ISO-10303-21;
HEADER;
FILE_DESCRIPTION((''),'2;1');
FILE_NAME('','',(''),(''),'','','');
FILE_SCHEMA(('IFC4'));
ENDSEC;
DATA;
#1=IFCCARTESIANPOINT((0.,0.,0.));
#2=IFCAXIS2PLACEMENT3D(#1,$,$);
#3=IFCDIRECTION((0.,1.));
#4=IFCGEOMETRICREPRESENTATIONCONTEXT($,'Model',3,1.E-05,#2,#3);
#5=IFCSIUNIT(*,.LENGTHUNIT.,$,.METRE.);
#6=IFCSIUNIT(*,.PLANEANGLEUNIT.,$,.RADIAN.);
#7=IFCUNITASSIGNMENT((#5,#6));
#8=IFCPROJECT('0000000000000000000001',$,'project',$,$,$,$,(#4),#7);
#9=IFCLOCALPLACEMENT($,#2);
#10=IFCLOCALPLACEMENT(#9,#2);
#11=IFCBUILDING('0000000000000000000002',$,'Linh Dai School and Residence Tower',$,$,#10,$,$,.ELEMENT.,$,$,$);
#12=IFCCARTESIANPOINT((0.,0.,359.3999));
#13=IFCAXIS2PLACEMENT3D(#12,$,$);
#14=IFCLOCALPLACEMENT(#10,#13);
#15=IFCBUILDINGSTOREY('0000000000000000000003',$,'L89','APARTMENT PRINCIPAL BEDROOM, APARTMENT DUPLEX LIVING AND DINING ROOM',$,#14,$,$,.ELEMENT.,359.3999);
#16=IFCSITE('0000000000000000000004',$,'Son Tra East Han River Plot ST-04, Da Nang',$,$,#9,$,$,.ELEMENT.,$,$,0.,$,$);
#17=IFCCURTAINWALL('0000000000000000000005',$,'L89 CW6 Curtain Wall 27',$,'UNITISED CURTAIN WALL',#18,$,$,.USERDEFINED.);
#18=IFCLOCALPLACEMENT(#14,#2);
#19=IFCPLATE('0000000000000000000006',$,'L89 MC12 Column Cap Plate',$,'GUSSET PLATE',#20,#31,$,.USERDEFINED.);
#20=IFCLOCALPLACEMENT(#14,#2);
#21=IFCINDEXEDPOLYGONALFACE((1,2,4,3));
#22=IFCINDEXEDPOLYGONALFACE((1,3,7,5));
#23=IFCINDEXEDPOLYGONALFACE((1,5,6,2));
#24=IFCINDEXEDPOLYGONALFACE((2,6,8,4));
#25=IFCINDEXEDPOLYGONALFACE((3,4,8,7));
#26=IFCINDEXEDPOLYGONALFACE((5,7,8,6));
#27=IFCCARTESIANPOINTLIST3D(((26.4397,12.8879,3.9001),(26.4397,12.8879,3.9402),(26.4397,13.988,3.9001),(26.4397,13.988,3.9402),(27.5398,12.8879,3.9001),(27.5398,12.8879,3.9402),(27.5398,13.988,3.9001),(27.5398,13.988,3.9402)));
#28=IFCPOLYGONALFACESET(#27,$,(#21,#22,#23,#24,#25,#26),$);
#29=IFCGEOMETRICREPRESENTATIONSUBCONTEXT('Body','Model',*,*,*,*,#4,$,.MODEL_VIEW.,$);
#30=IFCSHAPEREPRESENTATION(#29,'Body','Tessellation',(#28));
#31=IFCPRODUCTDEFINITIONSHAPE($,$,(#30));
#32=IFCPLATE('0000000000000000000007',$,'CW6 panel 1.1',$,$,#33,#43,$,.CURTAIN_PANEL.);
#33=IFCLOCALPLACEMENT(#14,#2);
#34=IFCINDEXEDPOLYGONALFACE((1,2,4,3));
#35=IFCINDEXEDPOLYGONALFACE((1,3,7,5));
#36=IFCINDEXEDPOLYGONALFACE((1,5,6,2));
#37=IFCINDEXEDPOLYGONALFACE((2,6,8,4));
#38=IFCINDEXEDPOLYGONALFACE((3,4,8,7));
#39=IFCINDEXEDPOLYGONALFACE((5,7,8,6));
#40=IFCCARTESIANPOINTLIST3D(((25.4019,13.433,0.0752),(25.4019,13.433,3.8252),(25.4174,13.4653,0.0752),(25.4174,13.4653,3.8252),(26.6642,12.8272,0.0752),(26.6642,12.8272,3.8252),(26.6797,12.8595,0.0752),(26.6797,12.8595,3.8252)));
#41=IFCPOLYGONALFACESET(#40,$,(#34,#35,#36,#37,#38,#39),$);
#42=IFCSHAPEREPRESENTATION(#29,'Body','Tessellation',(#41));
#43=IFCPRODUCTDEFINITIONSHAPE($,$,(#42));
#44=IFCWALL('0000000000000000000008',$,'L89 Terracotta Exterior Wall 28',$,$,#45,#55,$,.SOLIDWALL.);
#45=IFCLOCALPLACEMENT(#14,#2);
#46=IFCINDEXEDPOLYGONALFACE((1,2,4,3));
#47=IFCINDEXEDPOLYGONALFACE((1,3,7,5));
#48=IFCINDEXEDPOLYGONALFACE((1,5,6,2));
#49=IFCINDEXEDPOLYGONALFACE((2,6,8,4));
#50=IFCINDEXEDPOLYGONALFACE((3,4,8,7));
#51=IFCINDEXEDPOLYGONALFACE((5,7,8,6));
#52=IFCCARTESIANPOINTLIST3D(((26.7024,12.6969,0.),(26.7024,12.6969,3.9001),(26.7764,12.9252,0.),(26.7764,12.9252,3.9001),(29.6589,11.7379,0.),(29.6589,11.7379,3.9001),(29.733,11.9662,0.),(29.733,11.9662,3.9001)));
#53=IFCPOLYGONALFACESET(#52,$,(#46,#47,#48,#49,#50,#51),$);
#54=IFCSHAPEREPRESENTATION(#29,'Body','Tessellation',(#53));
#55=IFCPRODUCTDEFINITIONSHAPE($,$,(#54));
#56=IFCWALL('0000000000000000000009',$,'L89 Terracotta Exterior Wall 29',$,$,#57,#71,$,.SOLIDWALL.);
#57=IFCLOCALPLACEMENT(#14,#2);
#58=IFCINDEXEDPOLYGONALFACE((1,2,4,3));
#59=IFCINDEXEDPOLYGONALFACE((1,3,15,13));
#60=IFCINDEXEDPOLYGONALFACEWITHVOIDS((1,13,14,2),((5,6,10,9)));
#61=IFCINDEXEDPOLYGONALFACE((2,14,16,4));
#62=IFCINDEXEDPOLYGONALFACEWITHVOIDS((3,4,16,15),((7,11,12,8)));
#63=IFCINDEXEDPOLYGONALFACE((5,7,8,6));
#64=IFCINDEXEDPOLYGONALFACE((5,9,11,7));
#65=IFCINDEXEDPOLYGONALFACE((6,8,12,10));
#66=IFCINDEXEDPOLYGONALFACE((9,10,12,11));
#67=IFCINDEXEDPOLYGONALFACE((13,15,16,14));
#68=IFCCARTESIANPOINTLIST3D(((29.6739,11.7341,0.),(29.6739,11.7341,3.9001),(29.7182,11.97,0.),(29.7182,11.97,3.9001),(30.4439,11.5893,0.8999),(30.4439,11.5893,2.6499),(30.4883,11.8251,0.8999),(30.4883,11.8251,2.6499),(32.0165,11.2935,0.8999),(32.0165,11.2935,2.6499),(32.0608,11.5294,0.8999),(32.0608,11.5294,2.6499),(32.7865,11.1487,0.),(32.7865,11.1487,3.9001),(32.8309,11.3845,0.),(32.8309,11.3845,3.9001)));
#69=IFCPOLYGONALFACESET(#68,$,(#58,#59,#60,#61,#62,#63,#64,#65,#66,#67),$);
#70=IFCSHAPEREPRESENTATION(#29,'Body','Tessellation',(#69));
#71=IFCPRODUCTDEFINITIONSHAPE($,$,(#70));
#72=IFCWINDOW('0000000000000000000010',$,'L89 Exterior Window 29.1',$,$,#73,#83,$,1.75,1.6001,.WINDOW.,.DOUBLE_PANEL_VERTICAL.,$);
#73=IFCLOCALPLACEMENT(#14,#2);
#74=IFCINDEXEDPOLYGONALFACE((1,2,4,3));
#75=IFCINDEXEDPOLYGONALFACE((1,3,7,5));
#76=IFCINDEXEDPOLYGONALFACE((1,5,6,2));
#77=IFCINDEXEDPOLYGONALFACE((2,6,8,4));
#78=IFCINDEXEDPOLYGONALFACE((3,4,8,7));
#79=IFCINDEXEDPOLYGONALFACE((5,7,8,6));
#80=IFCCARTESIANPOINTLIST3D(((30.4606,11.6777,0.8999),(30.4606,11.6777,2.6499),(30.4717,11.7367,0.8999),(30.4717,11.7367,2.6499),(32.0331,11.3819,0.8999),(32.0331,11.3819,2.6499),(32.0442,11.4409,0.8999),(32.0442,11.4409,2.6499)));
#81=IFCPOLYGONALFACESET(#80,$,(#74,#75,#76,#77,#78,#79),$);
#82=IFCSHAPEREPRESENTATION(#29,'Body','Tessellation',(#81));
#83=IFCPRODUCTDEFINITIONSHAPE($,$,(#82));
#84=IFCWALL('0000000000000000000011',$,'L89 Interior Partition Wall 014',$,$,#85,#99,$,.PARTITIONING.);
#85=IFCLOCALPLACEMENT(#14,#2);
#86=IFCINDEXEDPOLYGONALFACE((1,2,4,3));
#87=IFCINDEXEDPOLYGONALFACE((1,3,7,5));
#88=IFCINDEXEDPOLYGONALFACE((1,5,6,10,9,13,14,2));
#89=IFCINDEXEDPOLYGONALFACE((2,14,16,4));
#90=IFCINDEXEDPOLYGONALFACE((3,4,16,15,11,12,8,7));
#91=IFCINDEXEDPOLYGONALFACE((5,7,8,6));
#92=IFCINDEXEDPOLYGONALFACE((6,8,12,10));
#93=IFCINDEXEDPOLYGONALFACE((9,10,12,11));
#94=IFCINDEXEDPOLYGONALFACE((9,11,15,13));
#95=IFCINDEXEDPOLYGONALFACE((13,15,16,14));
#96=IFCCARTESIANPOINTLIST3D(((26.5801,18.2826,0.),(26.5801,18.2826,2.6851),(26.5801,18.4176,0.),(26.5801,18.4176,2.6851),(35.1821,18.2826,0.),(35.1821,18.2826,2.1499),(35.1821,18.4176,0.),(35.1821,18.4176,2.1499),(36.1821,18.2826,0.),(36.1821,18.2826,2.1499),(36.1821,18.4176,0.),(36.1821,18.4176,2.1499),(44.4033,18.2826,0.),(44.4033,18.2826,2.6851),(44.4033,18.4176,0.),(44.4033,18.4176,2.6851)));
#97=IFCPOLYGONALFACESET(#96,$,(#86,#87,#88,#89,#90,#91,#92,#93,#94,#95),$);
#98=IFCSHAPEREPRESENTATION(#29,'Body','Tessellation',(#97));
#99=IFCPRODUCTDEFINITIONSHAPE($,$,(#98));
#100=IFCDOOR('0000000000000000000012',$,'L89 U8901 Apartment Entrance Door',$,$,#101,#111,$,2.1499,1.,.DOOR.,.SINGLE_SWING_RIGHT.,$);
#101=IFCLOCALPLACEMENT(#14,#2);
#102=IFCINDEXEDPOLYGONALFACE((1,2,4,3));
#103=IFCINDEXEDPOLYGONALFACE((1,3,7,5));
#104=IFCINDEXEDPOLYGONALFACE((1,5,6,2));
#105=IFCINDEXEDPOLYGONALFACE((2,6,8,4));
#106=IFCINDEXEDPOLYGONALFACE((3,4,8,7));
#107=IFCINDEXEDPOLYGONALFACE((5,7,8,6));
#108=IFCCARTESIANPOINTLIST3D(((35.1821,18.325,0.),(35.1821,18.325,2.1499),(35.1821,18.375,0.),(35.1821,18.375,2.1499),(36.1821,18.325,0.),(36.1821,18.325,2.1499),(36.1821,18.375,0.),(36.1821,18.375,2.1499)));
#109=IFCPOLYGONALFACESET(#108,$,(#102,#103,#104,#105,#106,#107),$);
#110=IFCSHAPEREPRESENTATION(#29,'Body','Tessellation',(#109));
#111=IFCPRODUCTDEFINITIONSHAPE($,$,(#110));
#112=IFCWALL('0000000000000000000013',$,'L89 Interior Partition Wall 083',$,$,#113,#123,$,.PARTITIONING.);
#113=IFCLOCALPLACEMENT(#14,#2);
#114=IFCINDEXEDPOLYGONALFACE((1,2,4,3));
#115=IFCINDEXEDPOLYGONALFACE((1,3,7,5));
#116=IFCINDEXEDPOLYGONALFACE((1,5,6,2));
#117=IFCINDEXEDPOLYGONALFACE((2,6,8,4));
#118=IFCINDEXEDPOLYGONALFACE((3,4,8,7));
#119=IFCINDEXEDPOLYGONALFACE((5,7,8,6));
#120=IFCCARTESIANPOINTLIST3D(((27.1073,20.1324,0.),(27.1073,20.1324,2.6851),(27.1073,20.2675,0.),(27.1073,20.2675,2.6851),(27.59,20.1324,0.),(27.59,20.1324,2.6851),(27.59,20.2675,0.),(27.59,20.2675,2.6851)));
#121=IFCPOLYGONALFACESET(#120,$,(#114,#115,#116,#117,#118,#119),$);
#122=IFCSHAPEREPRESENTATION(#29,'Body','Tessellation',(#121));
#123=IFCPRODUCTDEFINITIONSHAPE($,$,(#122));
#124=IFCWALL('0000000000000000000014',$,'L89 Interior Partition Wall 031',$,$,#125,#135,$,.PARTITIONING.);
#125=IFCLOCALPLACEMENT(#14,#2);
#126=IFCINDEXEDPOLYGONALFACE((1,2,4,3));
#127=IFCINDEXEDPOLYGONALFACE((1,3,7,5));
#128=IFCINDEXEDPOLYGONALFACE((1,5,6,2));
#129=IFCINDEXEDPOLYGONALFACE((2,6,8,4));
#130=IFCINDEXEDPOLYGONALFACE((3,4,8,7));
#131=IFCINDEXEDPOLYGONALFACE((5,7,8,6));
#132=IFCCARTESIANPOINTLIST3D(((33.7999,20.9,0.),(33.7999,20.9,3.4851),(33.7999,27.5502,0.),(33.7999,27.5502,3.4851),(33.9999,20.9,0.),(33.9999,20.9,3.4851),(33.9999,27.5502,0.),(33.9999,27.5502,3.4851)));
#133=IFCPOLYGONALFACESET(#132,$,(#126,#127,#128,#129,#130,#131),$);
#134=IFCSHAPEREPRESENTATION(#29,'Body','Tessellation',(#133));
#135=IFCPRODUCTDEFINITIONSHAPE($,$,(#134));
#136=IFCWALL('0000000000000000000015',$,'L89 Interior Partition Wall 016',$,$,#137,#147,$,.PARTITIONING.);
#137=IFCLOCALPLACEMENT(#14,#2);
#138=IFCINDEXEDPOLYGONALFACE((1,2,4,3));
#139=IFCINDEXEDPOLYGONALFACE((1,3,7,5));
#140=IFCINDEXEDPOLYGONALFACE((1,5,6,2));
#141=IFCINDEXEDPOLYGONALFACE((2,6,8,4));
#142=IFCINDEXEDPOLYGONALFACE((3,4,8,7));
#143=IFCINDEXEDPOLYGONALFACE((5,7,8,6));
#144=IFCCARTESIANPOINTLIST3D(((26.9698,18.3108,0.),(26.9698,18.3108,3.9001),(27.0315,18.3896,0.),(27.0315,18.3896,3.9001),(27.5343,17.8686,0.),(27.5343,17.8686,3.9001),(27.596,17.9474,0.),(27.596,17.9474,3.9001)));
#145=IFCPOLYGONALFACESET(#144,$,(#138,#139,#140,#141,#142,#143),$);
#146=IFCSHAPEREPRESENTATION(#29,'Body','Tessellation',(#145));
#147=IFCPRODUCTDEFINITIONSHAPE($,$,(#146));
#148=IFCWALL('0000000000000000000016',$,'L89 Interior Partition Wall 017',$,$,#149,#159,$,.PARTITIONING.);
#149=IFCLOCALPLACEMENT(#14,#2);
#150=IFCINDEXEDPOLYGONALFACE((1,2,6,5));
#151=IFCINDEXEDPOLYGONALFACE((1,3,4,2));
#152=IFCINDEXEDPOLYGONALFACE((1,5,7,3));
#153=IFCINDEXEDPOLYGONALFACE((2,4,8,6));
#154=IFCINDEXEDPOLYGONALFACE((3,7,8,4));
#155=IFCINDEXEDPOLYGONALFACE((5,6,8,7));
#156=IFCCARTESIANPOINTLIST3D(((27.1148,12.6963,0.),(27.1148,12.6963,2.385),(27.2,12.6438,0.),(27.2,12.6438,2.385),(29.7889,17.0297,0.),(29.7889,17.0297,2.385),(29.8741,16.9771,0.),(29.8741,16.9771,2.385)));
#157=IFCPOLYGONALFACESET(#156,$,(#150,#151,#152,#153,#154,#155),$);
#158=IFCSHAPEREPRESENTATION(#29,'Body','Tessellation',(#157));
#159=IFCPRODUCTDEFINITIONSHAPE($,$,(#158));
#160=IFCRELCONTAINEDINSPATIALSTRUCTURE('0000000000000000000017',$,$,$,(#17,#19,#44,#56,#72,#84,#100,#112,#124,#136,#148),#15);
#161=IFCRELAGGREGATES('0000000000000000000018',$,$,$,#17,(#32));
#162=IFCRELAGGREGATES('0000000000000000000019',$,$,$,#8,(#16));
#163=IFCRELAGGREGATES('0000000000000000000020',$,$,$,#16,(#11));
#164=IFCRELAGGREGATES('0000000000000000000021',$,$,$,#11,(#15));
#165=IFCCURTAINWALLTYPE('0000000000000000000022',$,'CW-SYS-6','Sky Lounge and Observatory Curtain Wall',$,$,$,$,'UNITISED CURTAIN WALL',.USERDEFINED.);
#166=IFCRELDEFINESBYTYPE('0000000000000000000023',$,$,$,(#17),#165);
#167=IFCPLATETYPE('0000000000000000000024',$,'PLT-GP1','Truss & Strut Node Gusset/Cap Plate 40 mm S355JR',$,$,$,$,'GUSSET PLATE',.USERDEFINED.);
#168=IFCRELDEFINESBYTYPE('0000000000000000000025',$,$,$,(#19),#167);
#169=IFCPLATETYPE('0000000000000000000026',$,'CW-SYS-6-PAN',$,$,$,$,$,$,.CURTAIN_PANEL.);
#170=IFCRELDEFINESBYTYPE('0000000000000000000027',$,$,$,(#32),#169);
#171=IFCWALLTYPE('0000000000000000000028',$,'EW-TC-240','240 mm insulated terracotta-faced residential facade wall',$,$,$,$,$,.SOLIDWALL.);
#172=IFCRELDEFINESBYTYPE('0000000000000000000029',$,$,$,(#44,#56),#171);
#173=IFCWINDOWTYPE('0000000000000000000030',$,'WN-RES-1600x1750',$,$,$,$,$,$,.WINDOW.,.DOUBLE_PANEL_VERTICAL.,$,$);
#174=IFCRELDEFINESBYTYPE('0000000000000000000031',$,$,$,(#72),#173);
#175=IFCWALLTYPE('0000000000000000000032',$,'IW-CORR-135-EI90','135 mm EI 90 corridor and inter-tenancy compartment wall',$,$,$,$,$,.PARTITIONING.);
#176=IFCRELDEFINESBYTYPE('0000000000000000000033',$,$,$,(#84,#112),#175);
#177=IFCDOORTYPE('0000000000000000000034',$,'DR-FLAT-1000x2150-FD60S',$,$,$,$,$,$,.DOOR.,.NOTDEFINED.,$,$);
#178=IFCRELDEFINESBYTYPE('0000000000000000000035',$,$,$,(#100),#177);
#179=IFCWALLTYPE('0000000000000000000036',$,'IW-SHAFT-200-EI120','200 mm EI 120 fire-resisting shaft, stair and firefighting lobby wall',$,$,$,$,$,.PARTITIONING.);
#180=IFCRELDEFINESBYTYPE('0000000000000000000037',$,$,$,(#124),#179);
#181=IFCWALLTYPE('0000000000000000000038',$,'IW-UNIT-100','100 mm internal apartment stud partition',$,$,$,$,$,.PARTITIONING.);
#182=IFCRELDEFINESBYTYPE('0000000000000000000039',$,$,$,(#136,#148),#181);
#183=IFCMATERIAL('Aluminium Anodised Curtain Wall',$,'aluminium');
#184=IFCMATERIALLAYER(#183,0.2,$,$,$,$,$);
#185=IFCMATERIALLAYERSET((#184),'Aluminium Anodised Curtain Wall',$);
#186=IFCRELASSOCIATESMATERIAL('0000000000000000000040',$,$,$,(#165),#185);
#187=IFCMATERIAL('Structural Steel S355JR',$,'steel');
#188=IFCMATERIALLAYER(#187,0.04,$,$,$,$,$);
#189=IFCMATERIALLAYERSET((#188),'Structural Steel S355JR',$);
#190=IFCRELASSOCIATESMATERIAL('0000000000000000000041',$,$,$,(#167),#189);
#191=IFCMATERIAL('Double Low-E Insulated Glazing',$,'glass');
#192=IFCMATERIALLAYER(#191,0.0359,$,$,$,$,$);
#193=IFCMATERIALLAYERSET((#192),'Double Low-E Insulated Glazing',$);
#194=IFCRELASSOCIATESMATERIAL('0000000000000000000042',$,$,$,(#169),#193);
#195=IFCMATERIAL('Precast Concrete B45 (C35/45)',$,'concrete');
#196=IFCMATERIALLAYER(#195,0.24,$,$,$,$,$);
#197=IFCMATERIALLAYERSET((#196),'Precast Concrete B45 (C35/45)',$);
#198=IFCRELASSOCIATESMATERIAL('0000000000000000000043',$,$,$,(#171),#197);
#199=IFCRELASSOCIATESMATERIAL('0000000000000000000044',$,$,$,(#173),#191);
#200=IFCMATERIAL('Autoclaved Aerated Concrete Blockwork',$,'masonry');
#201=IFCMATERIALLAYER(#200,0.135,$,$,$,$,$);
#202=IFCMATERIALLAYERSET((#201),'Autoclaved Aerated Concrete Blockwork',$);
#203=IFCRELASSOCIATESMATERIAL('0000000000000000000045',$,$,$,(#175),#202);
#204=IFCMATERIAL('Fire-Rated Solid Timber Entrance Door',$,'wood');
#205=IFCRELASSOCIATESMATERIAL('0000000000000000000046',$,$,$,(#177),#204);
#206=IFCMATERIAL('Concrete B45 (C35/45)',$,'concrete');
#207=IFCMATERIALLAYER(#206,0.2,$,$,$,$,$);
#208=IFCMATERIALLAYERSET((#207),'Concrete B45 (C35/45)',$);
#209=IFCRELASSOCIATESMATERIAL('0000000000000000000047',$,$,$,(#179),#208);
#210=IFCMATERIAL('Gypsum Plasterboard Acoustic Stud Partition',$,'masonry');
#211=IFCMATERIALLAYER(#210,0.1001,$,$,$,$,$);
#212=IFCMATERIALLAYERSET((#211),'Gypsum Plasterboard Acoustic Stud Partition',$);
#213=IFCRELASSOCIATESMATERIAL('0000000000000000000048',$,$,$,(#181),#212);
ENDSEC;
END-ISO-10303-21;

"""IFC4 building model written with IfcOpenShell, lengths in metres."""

from ifc_helpers import new_model, si_unit, direction, frame, frame_2d, origin, origin_2d, place, context, subcontext, project, spatial, rectangle, extrude, source, transform, mapped, material, layer, layer_set, type_object, element, fill, aggregate, save


model = new_model("IFC4")

# Units and contexts
model_context = context("Model", 3, precision=1e-05, world=origin(), true_north=direction((0.0, 1.0)))
body_context = subcontext(model_context, "Body", "Model", "MODEL_VIEW")
ifc_project = project(units=[si_unit("LENGTHUNIT", "METRE"), si_unit("PLANEANGLEUNIT", "RADIAN")], contexts=[model_context])

# Site, building, storey
site_placement = place(None, origin())
site = spatial("IfcSite", under=ifc_project, at=site_placement, Name="Son Tra East Han River Plot ST-04, Da Nang", CompositionType="ELEMENT", RefElevation=0.0)
building_placement = place(site_placement, origin())
building = spatial("IfcBuilding", under=site, at=building_placement, Name="Linh Dai School and Residence Tower", CompositionType="ELEMENT")
storey_placement = place(building_placement, frame((0.0, 0.0, 359.3999)))
storey = spatial("IfcBuildingStorey", under=building, at=storey_placement, Name="L89", Description="APARTMENT PRINCIPAL BEDROOM, APARTMENT DUPLEX LIVING AND DINING ROOM", CompositionType="ELEMENT", Elevation=359.3999)

# Shared definitions
ifc_material_1 = material(Name="Concrete B45 (C35/45)", Category="concrete")
ifc_material_2 = material(Name="Structural Steel S355JR", Category="steel")

# Curtain wall
ifc_material_3 = material(Name="Aluminium Anodised Curtain Wall", Category="aluminium")
ifc_layer_1 = layer(ifc_material_3, 0.2)
ifc_layer_set_1 = layer_set([ifc_layer_1], Name="Aluminium Anodised Curtain Wall")
curtain_wall_type = type_object("IfcCurtainWallType", Name="CW-SYS-6", Description="Sky Lounge and Observatory Curtain Wall", ElementType="UNITISED CURTAIN WALL", PredefinedType="USERDEFINED", material=ifc_layer_set_1)
curtain_wall_placement = place(storey_placement, origin())
curtain_wall = element("IfcCurtainWall", 1, at=curtain_wall_placement, inside=storey, type_object=curtain_wall_type, Name="L89 CW6 Curtain Wall 27", ObjectType="UNITISED CURTAIN WALL", PredefinedType="USERDEFINED")

# Plates
ifc_layer_2 = layer(ifc_material_2, 0.04)
ifc_layer_set_2 = layer_set([ifc_layer_2], Name="Structural Steel S355JR")
plate_type_1 = type_object("IfcPlateType", Name="PLT-GP1", Description="Truss & Strut Node Gusset/Cap Plate 40 mm S355JR", ElementType="GUSSET PLATE", PredefinedType="USERDEFINED", material=ifc_layer_set_2)
shared_shape_1 = source(origin(), body_context, "Body", "SweptSolid", [
    extrude(rectangle(XDim=1.1001, YDim=1.1001, at=origin_2d()), origin(), (0.0, 0.0, 1.0), 0.04),
])
plate_1_placement = place(storey_placement, frame((26.9897, 13.438, 3.9001), z_axis=(0.0, 0.0, 1.0), x_axis=(1.0, 0.0, 0.0)))
element("IfcPlate", 2, at=plate_1_placement, inside=storey, type_object=plate_type_1, Name="L89 MC12 Column Cap Plate", ObjectType="GUSSET PLATE", PredefinedType="USERDEFINED", context=body_context, shape_type="MappedRepresentation", body=[
    mapped(shared_shape_1, transform((0.0, 0.0, 0.0), x_axis=(1.0, 0.0, 0.0), y_axis=(0.0, 1.0, 0.0), z_axis=(0.0, 0.0, 1.0), scale=1.0)),
])
ifc_material_4 = material(Name="Double Low-E Insulated Glazing", Category="glass")
ifc_layer_3 = layer(ifc_material_4, 0.0359)
ifc_layer_set_3 = layer_set([ifc_layer_3], Name="Double Low-E Insulated Glazing")
plate_type_2 = type_object("IfcPlateType", Name="CW-SYS-6-PAN", PredefinedType="CURTAIN_PANEL", material=ifc_layer_set_3)
shared_shape_2 = source(origin(), body_context, "Body", "SweptSolid", [
    extrude(rectangle(XDim=1.4001, YDim=0.0359, at=origin_2d()), origin(), (0.0, 0.0, 1.0), 3.75),
])
plate_2_placement = place(storey_placement, frame((26.0408, 13.1462, 0.0752), z_axis=(0.0, 0.0, 1.0), x_axis=(-0.901551, 0.432674, 0.0)))
plate_2 = element("IfcPlate", 3, at=plate_2_placement, type_object=plate_type_2, Name="CW6 panel 1.1", PredefinedType="CURTAIN_PANEL", context=body_context, shape_type="MappedRepresentation", body=[
    mapped(shared_shape_2, transform((0.0, 0.0, 0.0), x_axis=(1.0, 0.0, 0.0), y_axis=(0.0, 1.0, 0.0), z_axis=(0.0, 0.0, 1.0), scale=1.0)),
])
aggregate(curtain_wall, [plate_2])

# Wall
ifc_material_5 = material(Name="Precast Concrete B45 (C35/45)", Category="concrete")
ifc_layer_4 = layer(ifc_material_5, 0.24)
ifc_layer_set_4 = layer_set([ifc_layer_4], Name="Precast Concrete B45 (C35/45)")
wall_type_1 = type_object("IfcWallType", Name="EW-TC-240", Description="240 mm insulated terracotta-faced residential facade wall", PredefinedType="SOLIDWALL", material=ifc_layer_set_4)
wall_1_placement = place(storey_placement, frame((29.696, 11.8521, 0.0), z_axis=(0.0, 0.0, 1.0), x_axis=(-0.951213, 0.308535, 0.0)))
element("IfcWall", 4, at=wall_1_placement, inside=storey, type_object=wall_type_1, Name="L89 Terracotta Exterior Wall 28", PredefinedType="SOLIDWALL", context=body_context, shape_type="SweptSolid", body=[
    extrude(rectangle(XDim=3.1082, YDim=0.24, at=frame_2d((1.5542, 0.0))), origin(), (0.0, 0.0, 1.0), 3.9001),
])

# Wall, opening, window
wall_2_placement = place(storey_placement, frame((32.8086, 11.2666, 0.0), z_axis=(0.0, 0.0, 1.0), x_axis=(-0.982766, 0.184852, 0.0)))
wall_2 = element("IfcWall", 5, at=wall_2_placement, inside=storey, type_object=wall_type_1, Name="L89 Terracotta Exterior Wall 29", PredefinedType="SOLIDWALL", context=body_context, shape_type="SweptSolid", body=[
    extrude(rectangle(XDim=3.1672, YDim=0.24, at=frame_2d((1.5835, 0.0))), origin(), (0.0, 0.0, 1.0), 3.9001),
])
opening_1_placement = place(wall_2_placement, frame((0.7834, 0.0, 0.8999)))
opening_1 = element("IfcOpeningElement", 6, at=opening_1_placement, cuts=wall_2, PredefinedType="OPENING", context=body_context, shape_type="SweptSolid", body=[
    extrude(rectangle(XDim=1.6001, YDim=1.75, at=origin_2d()), frame((0.8, 0.1299, 0.875), z_axis=(0.0, -1.0, 0.0), x_axis=(1.0, 0.0, 0.0)), (0.0, 0.0, 1.0), 0.26),
])
window_type = type_object("IfcWindowType", Name="WN-RES-1600x1750", PartitioningType="DOUBLE_PANEL_VERTICAL", PredefinedType="WINDOW", material=ifc_material_4)
shared_shape_3 = source(origin(), body_context, "Body", "SweptSolid", [
    extrude(rectangle(XDim=1.6001, YDim=1.75, at=origin_2d()), frame((0.8, 0.03, 0.875), z_axis=(0.0, -1.0, 0.0), x_axis=(1.0, 0.0, 0.0)), (0.0, 0.0, 1.0), 0.0601),
])
window_placement = place(opening_1_placement, origin())
window = element("IfcWindow", 7, at=window_placement, inside=storey, type_object=window_type, Name="L89 Exterior Window 29.1", OverallHeight=1.75, OverallWidth=1.6001, PartitioningType="DOUBLE_PANEL_VERTICAL", PredefinedType="WINDOW", context=body_context, shape_type="MappedRepresentation", body=[
    mapped(shared_shape_3, transform((0.0, 0.0, 0.0), x_axis=(1.0, 0.0, 0.0), y_axis=(0.0, 1.0, 0.0), z_axis=(0.0, 0.0, 1.0), scale=1.0)),
])
fill(opening_1, window)

# Wall, opening, door
ifc_material_6 = material(Name="Autoclaved Aerated Concrete Blockwork", Category="masonry")
ifc_layer_5 = layer(ifc_material_6, 0.135)
ifc_layer_set_5 = layer_set([ifc_layer_5], Name="Autoclaved Aerated Concrete Blockwork")
wall_type_2 = type_object("IfcWallType", Name="IW-CORR-135-EI90", Description="135 mm EI 90 corridor and inter-tenancy compartment wall", PredefinedType="PARTITIONING", material=ifc_layer_set_5)
wall_3_placement = place(storey_placement, frame((26.5801, 18.3501, 0.0), z_axis=(0.0, 0.0, 1.0), x_axis=(1.0, 0.0, 0.0)))
wall_3 = element("IfcWall", 8, at=wall_3_placement, inside=storey, type_object=wall_type_2, Name="L89 Interior Partition Wall 014", PredefinedType="PARTITIONING", context=body_context, shape_type="SweptSolid", body=[
    extrude(rectangle(XDim=17.8232, YDim=0.135, at=frame_2d((8.9116, 0.0))), origin(), (0.0, 0.0, 1.0), 2.6851),
])
opening_2_placement = place(wall_3_placement, frame((8.6021, 0.0, 0.0)))
opening_2 = element("IfcOpeningElement", 9, at=opening_2_placement, cuts=wall_3, PredefinedType="OPENING", context=body_context, shape_type="SweptSolid", body=[
    extrude(rectangle(XDim=1.0, YDim=2.1499, at=origin_2d()), frame((0.5, 0.0776, 1.075), z_axis=(0.0, -1.0, 0.0), x_axis=(1.0, 0.0, 0.0)), (0.0, 0.0, 1.0), 0.155),
])
ifc_material_7 = material(Name="Fire-Rated Solid Timber Entrance Door", Category="wood")
door_type_1 = type_object("IfcDoorType", Name="DR-FLAT-1000x2150-FD60S", OperationType="NOTDEFINED", PredefinedType="DOOR", material=ifc_material_7)
shared_shape_4 = source(origin(), body_context, "Body", "SweptSolid", [
    extrude(rectangle(XDim=1.0, YDim=2.1499, at=origin_2d()), frame((0.5, 0.0249, 1.075), z_axis=(0.0, -1.0, 0.0), x_axis=(1.0, 0.0, 0.0)), (0.0, 0.0, 1.0), 0.05),
])
door_1_placement = place(opening_2_placement, origin())
door_1 = element("IfcDoor", 10, at=door_1_placement, inside=storey, type_object=door_type_1, Name="L89 U8901 Apartment Entrance Door", OperationType="SINGLE_SWING_RIGHT", OverallHeight=2.1499, OverallWidth=1.0, PredefinedType="DOOR", context=body_context, shape_type="MappedRepresentation", body=[
    mapped(shared_shape_4, transform((0.0, 0.0, 0.0), x_axis=(1.0, 0.0, 0.0), y_axis=(0.0, 1.0, 0.0), z_axis=(0.0, 0.0, 1.0), scale=1.0)),
])
fill(opening_2, door_1)

# Walls
wall_4_placement = place(storey_placement, frame((27.1074, 20.2, 0.0), z_axis=(0.0, 0.0, 1.0), x_axis=(1.0, 0.0, 0.0)))
element("IfcWall", 11, at=wall_4_placement, inside=storey, type_object=wall_type_2, Name="L89 Interior Partition Wall 083", PredefinedType="PARTITIONING", context=body_context, shape_type="SweptSolid", body=[
    extrude(rectangle(XDim=0.4827, YDim=0.135, at=frame_2d((0.2412, 0.0))), origin(), (0.0, 0.0, 1.0), 2.6851),
])
ifc_layer_6 = layer(ifc_material_1, 0.2)
ifc_layer_set_6 = layer_set([ifc_layer_6], Name="Concrete B45 (C35/45)")
wall_type_3 = type_object("IfcWallType", Name="IW-SHAFT-200-EI120", Description="200 mm EI 120 fire-resisting shaft, stair and firefighting lobby wall", PredefinedType="PARTITIONING", material=ifc_layer_set_6)
wall_5_placement = place(storey_placement, frame((33.8999, 20.8999, 0.0), z_axis=(0.0, 0.0, 1.0), x_axis=(0.0, 1.0, 0.0)))
element("IfcWall", 12, at=wall_5_placement, inside=storey, type_object=wall_type_3, Name="L89 Interior Partition Wall 031", PredefinedType="PARTITIONING", context=body_context, shape_type="SweptSolid", body=[
    extrude(rectangle(XDim=6.6501, YDim=0.2, at=frame_2d((3.3252, 0.0))), origin(), (0.0, 0.0, 1.0), 3.4851),
])
ifc_material_8 = material(Name="Gypsum Plasterboard Acoustic Stud Partition", Category="masonry")
ifc_layer_7 = layer(ifc_material_8, 0.1001)
ifc_layer_set_7 = layer_set([ifc_layer_7], Name="Gypsum Plasterboard Acoustic Stud Partition")
wall_type_4 = type_object("IfcWallType", Name="IW-UNIT-100", Description="100 mm internal apartment stud partition", PredefinedType="PARTITIONING", material=ifc_layer_set_7)
wall_6_placement = place(storey_placement, frame((27.0007, 18.3501, 0.0), z_axis=(0.0, 0.0, 1.0), x_axis=(0.787239, -0.616648, 0.0)))
element("IfcWall", 13, at=wall_6_placement, inside=storey, type_object=wall_type_4, Name="L89 Interior Partition Wall 016", PredefinedType="PARTITIONING", context=body_context, shape_type="SweptSolid", body=[
    extrude(rectangle(XDim=0.717, YDim=0.1001, at=frame_2d((0.3584, 0.0))), origin(), (0.0, 0.0, 1.0), 3.9001),
])
wall_7_placement = place(storey_placement, frame((27.1575, 12.6702, 0.0), z_axis=(0.0, 0.0, 1.0), x_axis=(0.525159, 0.851004, 0.0)))
element("IfcWall", 14, at=wall_7_placement, inside=storey, type_object=wall_type_4, Name="L89 Interior Partition Wall 017", PredefinedType="PARTITIONING", context=body_context, shape_type="SweptSolid", body=[
    extrude(rectangle(XDim=5.092, YDim=0.1001, at=frame_2d((2.5459, 0.0))), origin(), (0.0, 0.0, 1.0), 2.385),
])

save(model, "model.ifc")
